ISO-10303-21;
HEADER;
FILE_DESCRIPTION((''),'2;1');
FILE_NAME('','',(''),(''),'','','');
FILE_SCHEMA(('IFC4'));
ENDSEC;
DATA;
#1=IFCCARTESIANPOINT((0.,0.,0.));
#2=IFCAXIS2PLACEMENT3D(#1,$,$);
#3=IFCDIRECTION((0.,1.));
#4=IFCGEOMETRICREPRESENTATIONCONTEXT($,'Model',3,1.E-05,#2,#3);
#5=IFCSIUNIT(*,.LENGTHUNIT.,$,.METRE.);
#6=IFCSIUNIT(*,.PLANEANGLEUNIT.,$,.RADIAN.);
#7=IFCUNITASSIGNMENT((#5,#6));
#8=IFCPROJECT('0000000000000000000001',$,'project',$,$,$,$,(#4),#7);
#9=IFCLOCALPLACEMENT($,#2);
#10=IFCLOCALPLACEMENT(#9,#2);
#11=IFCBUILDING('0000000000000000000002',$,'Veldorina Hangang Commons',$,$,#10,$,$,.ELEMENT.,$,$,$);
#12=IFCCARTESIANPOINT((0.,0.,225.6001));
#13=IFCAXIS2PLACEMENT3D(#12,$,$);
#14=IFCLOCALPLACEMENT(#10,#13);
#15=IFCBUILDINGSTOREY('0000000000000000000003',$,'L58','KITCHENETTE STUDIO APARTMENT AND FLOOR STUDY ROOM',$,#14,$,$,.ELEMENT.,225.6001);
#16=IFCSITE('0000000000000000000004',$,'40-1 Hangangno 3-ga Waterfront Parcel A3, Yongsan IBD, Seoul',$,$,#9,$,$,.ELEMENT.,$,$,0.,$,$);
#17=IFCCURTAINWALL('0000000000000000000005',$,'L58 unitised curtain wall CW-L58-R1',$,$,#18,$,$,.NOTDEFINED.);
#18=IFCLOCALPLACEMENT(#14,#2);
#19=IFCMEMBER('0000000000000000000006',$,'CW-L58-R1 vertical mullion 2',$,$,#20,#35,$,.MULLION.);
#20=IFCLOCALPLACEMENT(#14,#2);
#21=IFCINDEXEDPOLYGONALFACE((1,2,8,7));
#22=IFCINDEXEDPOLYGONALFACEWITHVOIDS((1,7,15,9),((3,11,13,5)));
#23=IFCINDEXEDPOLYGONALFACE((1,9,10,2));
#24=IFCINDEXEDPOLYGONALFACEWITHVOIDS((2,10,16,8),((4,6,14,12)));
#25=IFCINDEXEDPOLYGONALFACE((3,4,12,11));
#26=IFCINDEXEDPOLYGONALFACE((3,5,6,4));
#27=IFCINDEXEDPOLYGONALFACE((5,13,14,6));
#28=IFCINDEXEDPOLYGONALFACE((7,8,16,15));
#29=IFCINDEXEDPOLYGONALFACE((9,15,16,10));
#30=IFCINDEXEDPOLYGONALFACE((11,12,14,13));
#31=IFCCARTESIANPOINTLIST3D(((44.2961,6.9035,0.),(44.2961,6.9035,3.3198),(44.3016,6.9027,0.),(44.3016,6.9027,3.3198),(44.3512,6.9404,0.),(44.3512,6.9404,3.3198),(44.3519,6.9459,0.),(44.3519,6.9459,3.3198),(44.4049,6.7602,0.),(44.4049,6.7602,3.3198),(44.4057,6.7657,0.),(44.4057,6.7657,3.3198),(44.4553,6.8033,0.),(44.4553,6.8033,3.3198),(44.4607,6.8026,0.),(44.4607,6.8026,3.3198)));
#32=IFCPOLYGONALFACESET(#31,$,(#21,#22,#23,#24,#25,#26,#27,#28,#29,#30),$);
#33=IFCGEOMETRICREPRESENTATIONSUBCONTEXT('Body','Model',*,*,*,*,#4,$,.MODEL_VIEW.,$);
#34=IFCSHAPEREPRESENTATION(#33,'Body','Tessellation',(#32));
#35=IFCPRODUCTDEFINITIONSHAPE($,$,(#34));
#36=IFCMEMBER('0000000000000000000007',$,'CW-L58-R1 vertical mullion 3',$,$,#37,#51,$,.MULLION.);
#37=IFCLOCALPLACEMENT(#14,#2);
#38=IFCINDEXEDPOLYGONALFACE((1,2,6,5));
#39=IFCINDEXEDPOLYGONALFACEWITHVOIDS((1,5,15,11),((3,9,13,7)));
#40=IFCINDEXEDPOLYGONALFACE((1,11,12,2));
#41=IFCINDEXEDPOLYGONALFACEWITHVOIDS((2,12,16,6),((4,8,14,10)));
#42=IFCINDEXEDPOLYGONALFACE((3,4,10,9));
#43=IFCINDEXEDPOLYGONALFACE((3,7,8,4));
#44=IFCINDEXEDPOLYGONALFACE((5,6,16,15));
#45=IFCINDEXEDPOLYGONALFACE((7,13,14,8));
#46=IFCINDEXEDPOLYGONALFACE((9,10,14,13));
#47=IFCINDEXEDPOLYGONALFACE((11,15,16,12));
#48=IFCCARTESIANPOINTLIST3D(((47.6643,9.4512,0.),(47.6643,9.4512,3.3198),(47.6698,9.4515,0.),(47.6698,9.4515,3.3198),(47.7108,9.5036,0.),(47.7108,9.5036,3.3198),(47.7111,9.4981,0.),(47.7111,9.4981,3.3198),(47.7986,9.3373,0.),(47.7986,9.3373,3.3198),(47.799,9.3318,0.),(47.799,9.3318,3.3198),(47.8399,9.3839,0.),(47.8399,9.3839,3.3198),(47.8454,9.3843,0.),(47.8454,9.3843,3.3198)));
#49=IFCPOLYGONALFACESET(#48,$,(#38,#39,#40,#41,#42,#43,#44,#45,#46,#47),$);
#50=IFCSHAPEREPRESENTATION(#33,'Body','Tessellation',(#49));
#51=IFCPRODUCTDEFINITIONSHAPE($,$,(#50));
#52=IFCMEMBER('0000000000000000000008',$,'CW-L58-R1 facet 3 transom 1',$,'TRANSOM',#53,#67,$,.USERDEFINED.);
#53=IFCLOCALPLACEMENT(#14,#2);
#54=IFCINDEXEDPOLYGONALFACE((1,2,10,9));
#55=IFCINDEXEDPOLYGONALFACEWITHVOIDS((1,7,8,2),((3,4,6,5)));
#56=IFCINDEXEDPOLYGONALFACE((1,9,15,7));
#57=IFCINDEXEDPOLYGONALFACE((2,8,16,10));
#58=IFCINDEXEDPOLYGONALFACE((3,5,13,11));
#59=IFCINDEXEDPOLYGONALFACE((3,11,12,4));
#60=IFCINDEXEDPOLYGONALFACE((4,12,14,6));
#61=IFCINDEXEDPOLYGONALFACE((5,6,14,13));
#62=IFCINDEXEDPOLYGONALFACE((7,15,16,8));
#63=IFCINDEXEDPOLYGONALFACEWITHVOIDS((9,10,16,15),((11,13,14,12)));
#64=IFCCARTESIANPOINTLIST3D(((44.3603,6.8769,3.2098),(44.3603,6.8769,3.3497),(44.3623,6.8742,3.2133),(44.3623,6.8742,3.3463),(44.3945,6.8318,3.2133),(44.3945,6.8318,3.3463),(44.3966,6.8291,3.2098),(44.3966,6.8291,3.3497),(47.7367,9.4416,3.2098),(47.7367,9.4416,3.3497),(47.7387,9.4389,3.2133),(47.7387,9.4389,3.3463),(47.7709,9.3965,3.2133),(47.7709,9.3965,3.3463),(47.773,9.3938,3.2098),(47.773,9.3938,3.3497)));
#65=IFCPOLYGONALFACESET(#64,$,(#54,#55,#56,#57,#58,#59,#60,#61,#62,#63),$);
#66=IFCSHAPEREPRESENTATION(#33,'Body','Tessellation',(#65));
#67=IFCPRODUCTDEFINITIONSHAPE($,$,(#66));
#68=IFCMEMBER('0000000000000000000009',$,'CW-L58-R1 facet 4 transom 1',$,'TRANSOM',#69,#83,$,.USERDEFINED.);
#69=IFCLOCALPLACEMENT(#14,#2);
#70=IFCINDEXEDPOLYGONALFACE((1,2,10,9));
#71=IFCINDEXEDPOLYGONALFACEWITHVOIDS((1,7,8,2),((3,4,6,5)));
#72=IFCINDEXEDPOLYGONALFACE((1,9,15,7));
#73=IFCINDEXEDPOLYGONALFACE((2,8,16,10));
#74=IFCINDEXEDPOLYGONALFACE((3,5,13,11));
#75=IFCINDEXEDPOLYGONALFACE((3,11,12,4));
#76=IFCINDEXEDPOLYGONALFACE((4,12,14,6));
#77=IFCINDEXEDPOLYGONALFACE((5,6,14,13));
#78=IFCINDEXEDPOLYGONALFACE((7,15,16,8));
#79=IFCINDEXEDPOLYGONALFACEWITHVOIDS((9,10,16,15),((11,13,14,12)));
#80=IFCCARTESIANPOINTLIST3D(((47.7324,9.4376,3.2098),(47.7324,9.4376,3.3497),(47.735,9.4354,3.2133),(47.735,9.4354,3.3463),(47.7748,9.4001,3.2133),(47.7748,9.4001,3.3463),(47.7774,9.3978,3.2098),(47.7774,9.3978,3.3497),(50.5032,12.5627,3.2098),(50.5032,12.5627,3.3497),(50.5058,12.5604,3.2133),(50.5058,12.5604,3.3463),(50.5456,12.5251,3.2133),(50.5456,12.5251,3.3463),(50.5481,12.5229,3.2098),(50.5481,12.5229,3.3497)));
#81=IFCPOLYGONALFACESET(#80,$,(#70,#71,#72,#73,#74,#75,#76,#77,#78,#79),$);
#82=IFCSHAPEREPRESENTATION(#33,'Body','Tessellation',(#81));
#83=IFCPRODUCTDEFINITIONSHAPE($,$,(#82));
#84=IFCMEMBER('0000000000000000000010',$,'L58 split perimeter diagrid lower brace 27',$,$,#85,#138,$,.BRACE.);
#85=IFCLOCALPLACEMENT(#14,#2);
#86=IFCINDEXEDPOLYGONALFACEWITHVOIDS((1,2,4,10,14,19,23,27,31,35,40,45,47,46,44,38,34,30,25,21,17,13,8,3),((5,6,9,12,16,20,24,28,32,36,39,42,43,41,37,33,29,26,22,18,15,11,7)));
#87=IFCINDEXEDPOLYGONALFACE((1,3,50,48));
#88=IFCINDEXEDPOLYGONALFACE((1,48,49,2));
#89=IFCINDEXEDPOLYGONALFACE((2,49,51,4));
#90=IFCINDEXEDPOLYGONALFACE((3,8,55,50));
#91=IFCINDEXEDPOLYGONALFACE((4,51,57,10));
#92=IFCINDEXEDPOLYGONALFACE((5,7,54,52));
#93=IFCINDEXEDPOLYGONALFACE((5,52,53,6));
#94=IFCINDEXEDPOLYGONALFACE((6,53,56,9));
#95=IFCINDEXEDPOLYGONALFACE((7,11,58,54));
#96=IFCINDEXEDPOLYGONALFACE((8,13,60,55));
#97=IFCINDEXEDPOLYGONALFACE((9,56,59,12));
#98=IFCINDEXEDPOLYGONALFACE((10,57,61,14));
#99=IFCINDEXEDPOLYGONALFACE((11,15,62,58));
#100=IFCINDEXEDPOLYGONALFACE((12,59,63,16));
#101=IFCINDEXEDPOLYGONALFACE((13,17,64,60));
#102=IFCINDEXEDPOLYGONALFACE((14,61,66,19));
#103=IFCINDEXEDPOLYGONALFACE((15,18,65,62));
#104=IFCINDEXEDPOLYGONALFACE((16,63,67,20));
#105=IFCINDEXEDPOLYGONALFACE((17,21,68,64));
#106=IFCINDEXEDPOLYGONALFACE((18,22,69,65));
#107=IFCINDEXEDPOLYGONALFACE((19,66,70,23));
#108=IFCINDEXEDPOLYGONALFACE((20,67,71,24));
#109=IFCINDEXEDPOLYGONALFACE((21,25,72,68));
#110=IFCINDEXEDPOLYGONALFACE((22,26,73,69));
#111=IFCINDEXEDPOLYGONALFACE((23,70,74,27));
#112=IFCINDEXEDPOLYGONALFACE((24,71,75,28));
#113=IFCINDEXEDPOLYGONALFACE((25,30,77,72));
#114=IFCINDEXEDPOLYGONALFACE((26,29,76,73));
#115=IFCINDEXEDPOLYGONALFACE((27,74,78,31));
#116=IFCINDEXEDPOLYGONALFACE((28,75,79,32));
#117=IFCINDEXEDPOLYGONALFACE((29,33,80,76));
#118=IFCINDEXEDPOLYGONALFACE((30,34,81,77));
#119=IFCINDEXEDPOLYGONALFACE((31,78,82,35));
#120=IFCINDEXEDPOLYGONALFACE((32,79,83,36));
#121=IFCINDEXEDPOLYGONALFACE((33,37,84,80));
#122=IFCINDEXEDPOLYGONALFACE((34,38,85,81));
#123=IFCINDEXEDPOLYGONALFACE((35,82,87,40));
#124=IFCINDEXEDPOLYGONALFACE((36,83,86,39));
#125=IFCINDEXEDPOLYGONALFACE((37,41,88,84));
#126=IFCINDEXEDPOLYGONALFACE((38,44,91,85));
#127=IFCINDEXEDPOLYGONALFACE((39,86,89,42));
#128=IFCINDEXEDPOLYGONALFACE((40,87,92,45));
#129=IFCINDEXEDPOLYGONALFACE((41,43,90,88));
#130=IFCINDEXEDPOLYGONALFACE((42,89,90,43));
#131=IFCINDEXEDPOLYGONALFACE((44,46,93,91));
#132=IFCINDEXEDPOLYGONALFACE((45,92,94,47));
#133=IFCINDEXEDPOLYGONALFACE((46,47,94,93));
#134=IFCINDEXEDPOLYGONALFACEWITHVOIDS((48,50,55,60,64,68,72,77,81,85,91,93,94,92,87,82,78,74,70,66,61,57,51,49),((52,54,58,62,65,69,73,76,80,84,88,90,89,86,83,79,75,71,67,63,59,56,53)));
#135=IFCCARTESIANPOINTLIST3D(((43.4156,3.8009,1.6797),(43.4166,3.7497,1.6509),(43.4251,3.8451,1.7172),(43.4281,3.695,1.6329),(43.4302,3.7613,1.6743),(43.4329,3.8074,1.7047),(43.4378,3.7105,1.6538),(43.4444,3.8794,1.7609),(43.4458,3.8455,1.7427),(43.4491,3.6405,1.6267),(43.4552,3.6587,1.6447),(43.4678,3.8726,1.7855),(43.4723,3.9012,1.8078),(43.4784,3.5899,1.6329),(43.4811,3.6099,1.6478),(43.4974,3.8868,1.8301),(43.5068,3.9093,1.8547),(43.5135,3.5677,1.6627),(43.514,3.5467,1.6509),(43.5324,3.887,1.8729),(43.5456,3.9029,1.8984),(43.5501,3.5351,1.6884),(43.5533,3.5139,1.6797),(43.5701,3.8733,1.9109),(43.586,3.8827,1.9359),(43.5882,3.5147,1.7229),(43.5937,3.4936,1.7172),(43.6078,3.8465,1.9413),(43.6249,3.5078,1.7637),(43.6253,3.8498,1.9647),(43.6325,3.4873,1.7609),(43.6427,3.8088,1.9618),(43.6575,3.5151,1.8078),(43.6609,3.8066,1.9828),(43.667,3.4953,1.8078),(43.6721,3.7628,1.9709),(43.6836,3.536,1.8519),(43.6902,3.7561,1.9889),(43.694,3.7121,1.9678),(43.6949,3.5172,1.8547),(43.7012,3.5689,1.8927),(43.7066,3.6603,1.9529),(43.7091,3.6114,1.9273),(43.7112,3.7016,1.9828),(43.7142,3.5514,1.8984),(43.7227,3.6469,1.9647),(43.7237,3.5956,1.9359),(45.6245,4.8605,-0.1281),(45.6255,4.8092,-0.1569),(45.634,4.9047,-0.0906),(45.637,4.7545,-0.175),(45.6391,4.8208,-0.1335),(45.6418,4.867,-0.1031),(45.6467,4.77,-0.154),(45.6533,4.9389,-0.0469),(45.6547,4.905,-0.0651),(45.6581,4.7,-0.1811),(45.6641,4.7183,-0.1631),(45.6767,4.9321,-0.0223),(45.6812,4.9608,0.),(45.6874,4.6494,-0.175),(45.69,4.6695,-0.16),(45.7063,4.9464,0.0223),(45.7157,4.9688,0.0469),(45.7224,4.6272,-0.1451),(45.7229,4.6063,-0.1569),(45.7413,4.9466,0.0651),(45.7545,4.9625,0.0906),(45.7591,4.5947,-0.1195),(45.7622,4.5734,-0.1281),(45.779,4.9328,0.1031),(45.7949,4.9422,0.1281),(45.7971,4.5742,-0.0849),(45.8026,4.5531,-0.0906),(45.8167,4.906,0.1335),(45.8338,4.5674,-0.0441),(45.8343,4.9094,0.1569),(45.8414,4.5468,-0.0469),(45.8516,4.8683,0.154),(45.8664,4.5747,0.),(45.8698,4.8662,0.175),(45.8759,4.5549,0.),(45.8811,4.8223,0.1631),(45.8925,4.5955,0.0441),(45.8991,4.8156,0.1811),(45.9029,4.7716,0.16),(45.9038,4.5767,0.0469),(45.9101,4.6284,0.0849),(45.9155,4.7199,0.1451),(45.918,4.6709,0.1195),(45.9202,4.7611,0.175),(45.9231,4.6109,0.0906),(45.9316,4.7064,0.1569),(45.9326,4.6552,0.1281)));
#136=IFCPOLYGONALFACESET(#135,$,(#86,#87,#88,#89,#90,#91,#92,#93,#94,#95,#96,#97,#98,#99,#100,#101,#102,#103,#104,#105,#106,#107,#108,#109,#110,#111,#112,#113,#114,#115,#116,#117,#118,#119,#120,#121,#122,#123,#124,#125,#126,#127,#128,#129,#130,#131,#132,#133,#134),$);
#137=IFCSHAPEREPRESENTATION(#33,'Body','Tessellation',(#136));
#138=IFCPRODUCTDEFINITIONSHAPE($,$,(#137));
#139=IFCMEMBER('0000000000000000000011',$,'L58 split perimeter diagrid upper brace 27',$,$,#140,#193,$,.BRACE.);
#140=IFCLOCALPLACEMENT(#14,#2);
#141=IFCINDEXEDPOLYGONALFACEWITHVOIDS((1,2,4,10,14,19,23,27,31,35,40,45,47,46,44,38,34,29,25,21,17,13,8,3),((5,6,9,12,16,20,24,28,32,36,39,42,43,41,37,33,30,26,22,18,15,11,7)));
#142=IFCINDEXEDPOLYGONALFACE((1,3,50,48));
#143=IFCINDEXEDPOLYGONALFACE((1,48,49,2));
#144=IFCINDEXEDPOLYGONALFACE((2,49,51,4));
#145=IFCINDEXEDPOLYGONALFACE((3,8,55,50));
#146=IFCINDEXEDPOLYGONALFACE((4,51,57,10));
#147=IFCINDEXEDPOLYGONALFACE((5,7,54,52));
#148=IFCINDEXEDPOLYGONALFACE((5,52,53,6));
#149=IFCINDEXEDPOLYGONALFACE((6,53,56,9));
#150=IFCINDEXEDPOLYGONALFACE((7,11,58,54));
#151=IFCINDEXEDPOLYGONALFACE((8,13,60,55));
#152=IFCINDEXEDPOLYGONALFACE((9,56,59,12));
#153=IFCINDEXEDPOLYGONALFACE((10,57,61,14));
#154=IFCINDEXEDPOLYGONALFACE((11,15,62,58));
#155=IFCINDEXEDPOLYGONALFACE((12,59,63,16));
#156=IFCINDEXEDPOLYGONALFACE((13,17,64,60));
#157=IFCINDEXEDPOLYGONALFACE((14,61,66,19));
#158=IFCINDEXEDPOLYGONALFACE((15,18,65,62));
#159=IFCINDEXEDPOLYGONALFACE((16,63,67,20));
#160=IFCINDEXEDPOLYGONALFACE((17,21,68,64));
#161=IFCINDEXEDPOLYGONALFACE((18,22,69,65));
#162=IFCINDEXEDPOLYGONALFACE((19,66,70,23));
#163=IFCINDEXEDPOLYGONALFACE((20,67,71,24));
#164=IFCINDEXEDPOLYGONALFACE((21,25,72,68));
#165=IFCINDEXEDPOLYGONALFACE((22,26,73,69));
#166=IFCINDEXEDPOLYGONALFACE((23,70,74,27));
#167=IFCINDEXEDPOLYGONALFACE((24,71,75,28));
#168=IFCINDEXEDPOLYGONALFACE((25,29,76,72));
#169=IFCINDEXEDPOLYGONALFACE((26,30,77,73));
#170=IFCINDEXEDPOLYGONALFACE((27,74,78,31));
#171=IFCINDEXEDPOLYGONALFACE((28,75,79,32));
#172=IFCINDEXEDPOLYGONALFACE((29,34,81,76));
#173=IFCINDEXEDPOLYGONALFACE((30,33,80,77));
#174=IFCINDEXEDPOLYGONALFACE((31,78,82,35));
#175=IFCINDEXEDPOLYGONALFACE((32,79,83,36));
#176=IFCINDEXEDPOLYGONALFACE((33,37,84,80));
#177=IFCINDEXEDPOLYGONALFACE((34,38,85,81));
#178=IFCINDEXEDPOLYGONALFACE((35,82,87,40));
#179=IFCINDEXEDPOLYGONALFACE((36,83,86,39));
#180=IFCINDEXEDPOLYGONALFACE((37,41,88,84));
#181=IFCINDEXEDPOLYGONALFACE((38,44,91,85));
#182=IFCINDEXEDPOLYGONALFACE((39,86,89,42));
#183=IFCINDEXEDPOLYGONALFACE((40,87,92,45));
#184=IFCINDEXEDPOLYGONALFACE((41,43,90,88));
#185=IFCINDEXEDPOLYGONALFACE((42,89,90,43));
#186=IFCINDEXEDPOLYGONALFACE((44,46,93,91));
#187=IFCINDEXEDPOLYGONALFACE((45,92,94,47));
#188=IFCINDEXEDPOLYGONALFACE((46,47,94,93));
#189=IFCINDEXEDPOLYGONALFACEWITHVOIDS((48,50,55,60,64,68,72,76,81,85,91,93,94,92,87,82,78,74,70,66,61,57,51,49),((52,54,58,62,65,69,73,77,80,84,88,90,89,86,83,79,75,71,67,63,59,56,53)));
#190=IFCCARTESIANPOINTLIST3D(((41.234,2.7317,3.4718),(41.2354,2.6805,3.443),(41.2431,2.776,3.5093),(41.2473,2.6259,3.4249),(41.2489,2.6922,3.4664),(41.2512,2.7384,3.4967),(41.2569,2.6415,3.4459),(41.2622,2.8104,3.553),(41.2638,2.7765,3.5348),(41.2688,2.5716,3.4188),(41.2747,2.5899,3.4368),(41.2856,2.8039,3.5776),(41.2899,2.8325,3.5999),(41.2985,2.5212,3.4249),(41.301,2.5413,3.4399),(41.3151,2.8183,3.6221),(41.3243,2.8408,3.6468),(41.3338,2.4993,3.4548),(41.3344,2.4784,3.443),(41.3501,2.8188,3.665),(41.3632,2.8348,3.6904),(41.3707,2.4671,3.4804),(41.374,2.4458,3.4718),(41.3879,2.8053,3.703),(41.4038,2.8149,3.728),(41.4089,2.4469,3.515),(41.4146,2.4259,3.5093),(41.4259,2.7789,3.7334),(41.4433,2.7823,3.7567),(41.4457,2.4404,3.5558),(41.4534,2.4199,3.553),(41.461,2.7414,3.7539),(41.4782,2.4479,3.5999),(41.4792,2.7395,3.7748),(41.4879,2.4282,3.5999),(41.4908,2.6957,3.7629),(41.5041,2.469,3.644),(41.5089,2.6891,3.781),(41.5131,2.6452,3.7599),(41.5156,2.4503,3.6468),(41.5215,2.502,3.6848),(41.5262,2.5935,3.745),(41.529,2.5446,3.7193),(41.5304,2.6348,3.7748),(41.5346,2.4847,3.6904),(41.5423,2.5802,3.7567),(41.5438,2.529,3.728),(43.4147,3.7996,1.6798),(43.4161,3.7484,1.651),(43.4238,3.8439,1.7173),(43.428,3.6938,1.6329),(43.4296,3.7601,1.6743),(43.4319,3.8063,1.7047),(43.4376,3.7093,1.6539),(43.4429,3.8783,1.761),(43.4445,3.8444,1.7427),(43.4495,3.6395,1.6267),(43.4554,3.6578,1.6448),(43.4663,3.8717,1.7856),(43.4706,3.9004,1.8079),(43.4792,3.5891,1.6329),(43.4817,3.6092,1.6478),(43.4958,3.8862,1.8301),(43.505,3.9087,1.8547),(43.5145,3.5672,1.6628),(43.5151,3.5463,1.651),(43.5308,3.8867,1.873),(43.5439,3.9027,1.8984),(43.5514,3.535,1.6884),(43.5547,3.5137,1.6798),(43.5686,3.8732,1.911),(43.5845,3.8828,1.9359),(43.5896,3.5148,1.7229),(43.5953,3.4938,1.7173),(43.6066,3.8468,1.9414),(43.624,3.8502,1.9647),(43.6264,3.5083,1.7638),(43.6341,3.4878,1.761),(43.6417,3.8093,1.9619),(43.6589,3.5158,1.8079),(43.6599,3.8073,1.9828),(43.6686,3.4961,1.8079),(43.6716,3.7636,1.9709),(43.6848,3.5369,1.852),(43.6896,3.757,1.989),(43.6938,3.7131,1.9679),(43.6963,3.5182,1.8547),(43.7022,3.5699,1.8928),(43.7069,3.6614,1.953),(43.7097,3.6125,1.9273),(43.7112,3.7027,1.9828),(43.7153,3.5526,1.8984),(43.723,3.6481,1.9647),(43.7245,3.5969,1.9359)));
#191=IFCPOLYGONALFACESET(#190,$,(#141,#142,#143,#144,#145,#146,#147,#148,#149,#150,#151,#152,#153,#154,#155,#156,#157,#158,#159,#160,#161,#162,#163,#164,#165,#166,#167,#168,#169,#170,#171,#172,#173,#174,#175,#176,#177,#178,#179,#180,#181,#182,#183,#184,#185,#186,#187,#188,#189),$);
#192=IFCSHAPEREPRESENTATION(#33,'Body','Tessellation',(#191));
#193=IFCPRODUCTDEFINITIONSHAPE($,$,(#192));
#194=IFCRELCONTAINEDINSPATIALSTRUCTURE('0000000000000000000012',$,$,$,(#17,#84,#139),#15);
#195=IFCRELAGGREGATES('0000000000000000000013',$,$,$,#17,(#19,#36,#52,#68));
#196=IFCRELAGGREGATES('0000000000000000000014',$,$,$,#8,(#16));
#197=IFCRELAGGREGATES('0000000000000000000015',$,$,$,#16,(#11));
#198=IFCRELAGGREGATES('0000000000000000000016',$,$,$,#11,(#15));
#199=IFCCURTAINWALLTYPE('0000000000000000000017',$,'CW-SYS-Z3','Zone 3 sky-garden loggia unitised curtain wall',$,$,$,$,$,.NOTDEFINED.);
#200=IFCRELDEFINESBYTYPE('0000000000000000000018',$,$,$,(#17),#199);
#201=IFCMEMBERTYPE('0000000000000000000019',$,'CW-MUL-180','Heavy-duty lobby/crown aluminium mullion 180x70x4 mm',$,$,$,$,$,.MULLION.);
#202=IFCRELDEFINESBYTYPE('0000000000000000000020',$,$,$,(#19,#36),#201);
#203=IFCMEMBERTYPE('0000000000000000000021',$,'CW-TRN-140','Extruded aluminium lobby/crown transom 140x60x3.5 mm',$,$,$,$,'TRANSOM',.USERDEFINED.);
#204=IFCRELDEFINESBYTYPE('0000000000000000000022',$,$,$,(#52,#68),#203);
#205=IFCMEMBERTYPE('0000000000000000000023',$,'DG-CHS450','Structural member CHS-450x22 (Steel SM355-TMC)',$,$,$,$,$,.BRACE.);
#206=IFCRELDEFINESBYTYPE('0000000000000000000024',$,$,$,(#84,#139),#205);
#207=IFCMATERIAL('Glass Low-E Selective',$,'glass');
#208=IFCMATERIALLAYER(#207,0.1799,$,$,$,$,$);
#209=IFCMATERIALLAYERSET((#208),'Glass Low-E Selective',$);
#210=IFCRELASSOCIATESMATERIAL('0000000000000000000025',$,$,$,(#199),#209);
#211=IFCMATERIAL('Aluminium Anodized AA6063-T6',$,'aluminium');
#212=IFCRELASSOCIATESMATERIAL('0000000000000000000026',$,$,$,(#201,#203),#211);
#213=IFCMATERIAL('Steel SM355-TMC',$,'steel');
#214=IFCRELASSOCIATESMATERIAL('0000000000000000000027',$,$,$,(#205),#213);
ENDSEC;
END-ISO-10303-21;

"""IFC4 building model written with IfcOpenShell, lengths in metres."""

from ifc_helpers import new_model, si_unit, direction, frame, origin, origin_2d, place, context, subcontext, project, spatial, hollow_rectangle, hollow_circle, extrude, material, layer, layer_set, material_profile, profile_set, type_object, element, aggregate, save


model = new_model("IFC4")

# Units and contexts
model_context = context("Model", 3, precision=1e-05, world=origin(), true_north=direction((0.0, 1.0)))
body_context = subcontext(model_context, "Body", "Model", "MODEL_VIEW")
ifc_project = project(units=[si_unit("LENGTHUNIT", "METRE"), si_unit("PLANEANGLEUNIT", "RADIAN")], contexts=[model_context])

# Site, building, storey
site_placement = place(None, origin())
site = spatial("IfcSite", under=ifc_project, at=site_placement, Name="40-1 Hangangno 3-ga Waterfront Parcel A3, Yongsan IBD, Seoul", CompositionType="ELEMENT", RefElevation=0.0)
building_placement = place(site_placement, origin())
building = spatial("IfcBuilding", under=site, at=building_placement, Name="Veldorina Hangang Commons", CompositionType="ELEMENT")
storey_placement = place(building_placement, frame((0.0, 0.0, 225.6001)))
storey = spatial("IfcBuildingStorey", under=building, at=storey_placement, Name="L58", Description="KITCHENETTE STUDIO APARTMENT AND FLOOR STUDY ROOM", CompositionType="ELEMENT", Elevation=225.6001)

# Shared definitions
ifc_material_1 = material(Name="Steel SM355-TMC", Category="steel")

# Curtain wall, members
ifc_material_2 = material(Name="Glass Low-E Selective", Category="glass")
ifc_layer_1 = layer(ifc_material_2, 0.1799)
ifc_layer_set_1 = layer_set([ifc_layer_1], Name="Glass Low-E Selective")
curtain_wall_type = type_object("IfcCurtainWallType", Name="CW-SYS-Z3", Description="Zone 3 sky-garden loggia unitised curtain wall", PredefinedType="NOTDEFINED", material=ifc_layer_set_1)
curtain_wall_placement = place(storey_placement, origin())
curtain_wall = element("IfcCurtainWall", 1, at=curtain_wall_placement, inside=storey, type_object=curtain_wall_type, Name="L58 unitised curtain wall CW-L58-R1", PredefinedType="NOTDEFINED")
ifc_material_3 = material(Name="Aluminium Anodized AA6063-T6", Category="aluminium")
ifc_material_profile_1 = material_profile(ifc_material_3, hollow_rectangle(XDim=0.0701, YDim=0.1799, WallThickness=0.0039, at=origin_2d()), Name="ALU-RHS-180x70x4")
ifc_profile_set_1 = profile_set([ifc_material_profile_1], Name="Aluminium Anodized AA6063-T6")
member_type_1 = type_object("IfcMemberType", Name="CW-MUL-180", Description="Heavy-duty lobby/crown aluminium mullion 180x70x4 mm", PredefinedType="MULLION", material=ifc_profile_set_1)
member_1_placement = place(storey_placement, frame((44.3784, 6.853, 0.0), z_axis=(0.0, 0.0, 1.0), x_axis=(0.796319, 0.604877, 0.0)))
member_1 = element("IfcMember", 2, at=member_1_placement, type_object=member_type_1, Name="CW-L58-R1 vertical mullion 2", PredefinedType="MULLION", context=body_context, shape_type="SweptSolid", body=[
    extrude(hollow_rectangle(XDim=0.0701, YDim=0.1799, WallThickness=0.0039, at=origin_2d()), origin(), (0.0, 0.0, 1.0), 3.3198),
])
member_2_placement = place(storey_placement, frame((47.7549, 9.4177, 0.0), z_axis=(0.0, 0.0, 1.0), x_axis=(0.66343, 0.748238, 0.0)))
member_2 = element("IfcMember", 3, at=member_2_placement, type_object=member_type_1, Name="CW-L58-R1 vertical mullion 3", PredefinedType="MULLION", context=body_context, shape_type="SweptSolid", body=[
    extrude(hollow_rectangle(XDim=0.0701, YDim=0.1799, WallThickness=0.0039, at=origin_2d()), origin(), (0.0, 0.0, 1.0), 3.3198),
])
ifc_material_profile_2 = material_profile(ifc_material_3, hollow_rectangle(XDim=0.0601, YDim=0.1399, WallThickness=0.0034, at=origin_2d()), Name="ALU-RHS-140x60x3.5")
ifc_profile_set_2 = profile_set([ifc_material_profile_2], Name="Aluminium Anodized AA6063-T6")
member_type_2 = type_object("IfcMemberType", Name="CW-TRN-140", Description="Extruded aluminium lobby/crown transom 140x60x3.5 mm", ElementType="TRANSOM", PredefinedType="USERDEFINED", material=ifc_profile_set_2)
member_3_placement = place(storey_placement, frame((44.3784, 6.853, 3.2798), z_axis=(0.796323, 0.604872, 0.0), x_axis=(-0.604872, 0.796323, 0.0)))
member_3 = element("IfcMember", 4, at=member_3_placement, type_object=member_type_2, Name="CW-L58-R1 facet 3 transom 1", ObjectType="TRANSOM", PredefinedType="USERDEFINED", context=body_context, shape_type="SweptSolid", body=[
    extrude(hollow_rectangle(XDim=0.0601, YDim=0.1399, WallThickness=0.0034, at=origin_2d()), origin(), (0.0, 0.0, 1.0), 4.24),
])
member_4_placement = place(storey_placement, frame((47.7549, 9.4177, 3.2798), z_axis=(0.663424, 0.748244, 0.0), x_axis=(-0.748244, 0.663424, 0.0)))
member_4 = element("IfcMember", 5, at=member_4_placement, type_object=member_type_2, Name="CW-L58-R1 facet 4 transom 1", ObjectType="TRANSOM", PredefinedType="USERDEFINED", context=body_context, shape_type="SweptSolid", body=[
    extrude(hollow_rectangle(XDim=0.0601, YDim=0.1399, WallThickness=0.0034, at=origin_2d()), origin(), (0.0, 0.0, 1.0), 4.1765),
])

# Members
ifc_material_profile_3 = material_profile(ifc_material_1, hollow_circle(Radius=0.2251, WallThickness=0.022, at=origin_2d()), Name="CHS-450x22")
ifc_profile_set_3 = profile_set([ifc_material_profile_3], Name="Steel SM355-TMC")
member_type_3 = type_object("IfcMemberType", Name="DG-CHS450", Description="Structural member CHS-450x22 (Steel SM355-TMC)", PredefinedType="BRACE", material=ifc_profile_set_3)
member_5_placement = place(storey_placement, frame((45.7786, 4.7578, 0.0), z_axis=(-0.7255, -0.347996, 0.593758), x_axis=(0.432485, -0.901641, 0.0)))
element("IfcMember", 6, at=member_5_placement, inside=storey, type_object=member_type_3, Name="L58 split perimeter diagrid lower brace 27", PredefinedType="BRACE", context=body_context, shape_type="SweptSolid", body=[
    extrude(hollow_circle(Radius=0.2251, WallThickness=0.022, at=origin_2d()), origin(), (0.0, 0.0, 1.0), 3.0447),
])
member_6_placement = place(storey_placement, frame((43.5696, 3.6982, 1.8079), z_axis=(-0.72261, -0.353862, 0.593815), x_axis=(0.439798, -0.898097, 0.0)))
element("IfcMember", 7, at=member_6_placement, inside=storey, type_object=member_type_3, Name="L58 split perimeter diagrid upper brace 27", PredefinedType="BRACE", context=body_context, shape_type="SweptSolid", body=[
    extrude(hollow_circle(Radius=0.2251, WallThickness=0.022, at=origin_2d()), origin(), (0.0, 0.0, 1.0), 3.0178),
])

aggregate(curtain_wall, [member_1, member_2, member_3, member_4])

save(model, "model.ifc")
